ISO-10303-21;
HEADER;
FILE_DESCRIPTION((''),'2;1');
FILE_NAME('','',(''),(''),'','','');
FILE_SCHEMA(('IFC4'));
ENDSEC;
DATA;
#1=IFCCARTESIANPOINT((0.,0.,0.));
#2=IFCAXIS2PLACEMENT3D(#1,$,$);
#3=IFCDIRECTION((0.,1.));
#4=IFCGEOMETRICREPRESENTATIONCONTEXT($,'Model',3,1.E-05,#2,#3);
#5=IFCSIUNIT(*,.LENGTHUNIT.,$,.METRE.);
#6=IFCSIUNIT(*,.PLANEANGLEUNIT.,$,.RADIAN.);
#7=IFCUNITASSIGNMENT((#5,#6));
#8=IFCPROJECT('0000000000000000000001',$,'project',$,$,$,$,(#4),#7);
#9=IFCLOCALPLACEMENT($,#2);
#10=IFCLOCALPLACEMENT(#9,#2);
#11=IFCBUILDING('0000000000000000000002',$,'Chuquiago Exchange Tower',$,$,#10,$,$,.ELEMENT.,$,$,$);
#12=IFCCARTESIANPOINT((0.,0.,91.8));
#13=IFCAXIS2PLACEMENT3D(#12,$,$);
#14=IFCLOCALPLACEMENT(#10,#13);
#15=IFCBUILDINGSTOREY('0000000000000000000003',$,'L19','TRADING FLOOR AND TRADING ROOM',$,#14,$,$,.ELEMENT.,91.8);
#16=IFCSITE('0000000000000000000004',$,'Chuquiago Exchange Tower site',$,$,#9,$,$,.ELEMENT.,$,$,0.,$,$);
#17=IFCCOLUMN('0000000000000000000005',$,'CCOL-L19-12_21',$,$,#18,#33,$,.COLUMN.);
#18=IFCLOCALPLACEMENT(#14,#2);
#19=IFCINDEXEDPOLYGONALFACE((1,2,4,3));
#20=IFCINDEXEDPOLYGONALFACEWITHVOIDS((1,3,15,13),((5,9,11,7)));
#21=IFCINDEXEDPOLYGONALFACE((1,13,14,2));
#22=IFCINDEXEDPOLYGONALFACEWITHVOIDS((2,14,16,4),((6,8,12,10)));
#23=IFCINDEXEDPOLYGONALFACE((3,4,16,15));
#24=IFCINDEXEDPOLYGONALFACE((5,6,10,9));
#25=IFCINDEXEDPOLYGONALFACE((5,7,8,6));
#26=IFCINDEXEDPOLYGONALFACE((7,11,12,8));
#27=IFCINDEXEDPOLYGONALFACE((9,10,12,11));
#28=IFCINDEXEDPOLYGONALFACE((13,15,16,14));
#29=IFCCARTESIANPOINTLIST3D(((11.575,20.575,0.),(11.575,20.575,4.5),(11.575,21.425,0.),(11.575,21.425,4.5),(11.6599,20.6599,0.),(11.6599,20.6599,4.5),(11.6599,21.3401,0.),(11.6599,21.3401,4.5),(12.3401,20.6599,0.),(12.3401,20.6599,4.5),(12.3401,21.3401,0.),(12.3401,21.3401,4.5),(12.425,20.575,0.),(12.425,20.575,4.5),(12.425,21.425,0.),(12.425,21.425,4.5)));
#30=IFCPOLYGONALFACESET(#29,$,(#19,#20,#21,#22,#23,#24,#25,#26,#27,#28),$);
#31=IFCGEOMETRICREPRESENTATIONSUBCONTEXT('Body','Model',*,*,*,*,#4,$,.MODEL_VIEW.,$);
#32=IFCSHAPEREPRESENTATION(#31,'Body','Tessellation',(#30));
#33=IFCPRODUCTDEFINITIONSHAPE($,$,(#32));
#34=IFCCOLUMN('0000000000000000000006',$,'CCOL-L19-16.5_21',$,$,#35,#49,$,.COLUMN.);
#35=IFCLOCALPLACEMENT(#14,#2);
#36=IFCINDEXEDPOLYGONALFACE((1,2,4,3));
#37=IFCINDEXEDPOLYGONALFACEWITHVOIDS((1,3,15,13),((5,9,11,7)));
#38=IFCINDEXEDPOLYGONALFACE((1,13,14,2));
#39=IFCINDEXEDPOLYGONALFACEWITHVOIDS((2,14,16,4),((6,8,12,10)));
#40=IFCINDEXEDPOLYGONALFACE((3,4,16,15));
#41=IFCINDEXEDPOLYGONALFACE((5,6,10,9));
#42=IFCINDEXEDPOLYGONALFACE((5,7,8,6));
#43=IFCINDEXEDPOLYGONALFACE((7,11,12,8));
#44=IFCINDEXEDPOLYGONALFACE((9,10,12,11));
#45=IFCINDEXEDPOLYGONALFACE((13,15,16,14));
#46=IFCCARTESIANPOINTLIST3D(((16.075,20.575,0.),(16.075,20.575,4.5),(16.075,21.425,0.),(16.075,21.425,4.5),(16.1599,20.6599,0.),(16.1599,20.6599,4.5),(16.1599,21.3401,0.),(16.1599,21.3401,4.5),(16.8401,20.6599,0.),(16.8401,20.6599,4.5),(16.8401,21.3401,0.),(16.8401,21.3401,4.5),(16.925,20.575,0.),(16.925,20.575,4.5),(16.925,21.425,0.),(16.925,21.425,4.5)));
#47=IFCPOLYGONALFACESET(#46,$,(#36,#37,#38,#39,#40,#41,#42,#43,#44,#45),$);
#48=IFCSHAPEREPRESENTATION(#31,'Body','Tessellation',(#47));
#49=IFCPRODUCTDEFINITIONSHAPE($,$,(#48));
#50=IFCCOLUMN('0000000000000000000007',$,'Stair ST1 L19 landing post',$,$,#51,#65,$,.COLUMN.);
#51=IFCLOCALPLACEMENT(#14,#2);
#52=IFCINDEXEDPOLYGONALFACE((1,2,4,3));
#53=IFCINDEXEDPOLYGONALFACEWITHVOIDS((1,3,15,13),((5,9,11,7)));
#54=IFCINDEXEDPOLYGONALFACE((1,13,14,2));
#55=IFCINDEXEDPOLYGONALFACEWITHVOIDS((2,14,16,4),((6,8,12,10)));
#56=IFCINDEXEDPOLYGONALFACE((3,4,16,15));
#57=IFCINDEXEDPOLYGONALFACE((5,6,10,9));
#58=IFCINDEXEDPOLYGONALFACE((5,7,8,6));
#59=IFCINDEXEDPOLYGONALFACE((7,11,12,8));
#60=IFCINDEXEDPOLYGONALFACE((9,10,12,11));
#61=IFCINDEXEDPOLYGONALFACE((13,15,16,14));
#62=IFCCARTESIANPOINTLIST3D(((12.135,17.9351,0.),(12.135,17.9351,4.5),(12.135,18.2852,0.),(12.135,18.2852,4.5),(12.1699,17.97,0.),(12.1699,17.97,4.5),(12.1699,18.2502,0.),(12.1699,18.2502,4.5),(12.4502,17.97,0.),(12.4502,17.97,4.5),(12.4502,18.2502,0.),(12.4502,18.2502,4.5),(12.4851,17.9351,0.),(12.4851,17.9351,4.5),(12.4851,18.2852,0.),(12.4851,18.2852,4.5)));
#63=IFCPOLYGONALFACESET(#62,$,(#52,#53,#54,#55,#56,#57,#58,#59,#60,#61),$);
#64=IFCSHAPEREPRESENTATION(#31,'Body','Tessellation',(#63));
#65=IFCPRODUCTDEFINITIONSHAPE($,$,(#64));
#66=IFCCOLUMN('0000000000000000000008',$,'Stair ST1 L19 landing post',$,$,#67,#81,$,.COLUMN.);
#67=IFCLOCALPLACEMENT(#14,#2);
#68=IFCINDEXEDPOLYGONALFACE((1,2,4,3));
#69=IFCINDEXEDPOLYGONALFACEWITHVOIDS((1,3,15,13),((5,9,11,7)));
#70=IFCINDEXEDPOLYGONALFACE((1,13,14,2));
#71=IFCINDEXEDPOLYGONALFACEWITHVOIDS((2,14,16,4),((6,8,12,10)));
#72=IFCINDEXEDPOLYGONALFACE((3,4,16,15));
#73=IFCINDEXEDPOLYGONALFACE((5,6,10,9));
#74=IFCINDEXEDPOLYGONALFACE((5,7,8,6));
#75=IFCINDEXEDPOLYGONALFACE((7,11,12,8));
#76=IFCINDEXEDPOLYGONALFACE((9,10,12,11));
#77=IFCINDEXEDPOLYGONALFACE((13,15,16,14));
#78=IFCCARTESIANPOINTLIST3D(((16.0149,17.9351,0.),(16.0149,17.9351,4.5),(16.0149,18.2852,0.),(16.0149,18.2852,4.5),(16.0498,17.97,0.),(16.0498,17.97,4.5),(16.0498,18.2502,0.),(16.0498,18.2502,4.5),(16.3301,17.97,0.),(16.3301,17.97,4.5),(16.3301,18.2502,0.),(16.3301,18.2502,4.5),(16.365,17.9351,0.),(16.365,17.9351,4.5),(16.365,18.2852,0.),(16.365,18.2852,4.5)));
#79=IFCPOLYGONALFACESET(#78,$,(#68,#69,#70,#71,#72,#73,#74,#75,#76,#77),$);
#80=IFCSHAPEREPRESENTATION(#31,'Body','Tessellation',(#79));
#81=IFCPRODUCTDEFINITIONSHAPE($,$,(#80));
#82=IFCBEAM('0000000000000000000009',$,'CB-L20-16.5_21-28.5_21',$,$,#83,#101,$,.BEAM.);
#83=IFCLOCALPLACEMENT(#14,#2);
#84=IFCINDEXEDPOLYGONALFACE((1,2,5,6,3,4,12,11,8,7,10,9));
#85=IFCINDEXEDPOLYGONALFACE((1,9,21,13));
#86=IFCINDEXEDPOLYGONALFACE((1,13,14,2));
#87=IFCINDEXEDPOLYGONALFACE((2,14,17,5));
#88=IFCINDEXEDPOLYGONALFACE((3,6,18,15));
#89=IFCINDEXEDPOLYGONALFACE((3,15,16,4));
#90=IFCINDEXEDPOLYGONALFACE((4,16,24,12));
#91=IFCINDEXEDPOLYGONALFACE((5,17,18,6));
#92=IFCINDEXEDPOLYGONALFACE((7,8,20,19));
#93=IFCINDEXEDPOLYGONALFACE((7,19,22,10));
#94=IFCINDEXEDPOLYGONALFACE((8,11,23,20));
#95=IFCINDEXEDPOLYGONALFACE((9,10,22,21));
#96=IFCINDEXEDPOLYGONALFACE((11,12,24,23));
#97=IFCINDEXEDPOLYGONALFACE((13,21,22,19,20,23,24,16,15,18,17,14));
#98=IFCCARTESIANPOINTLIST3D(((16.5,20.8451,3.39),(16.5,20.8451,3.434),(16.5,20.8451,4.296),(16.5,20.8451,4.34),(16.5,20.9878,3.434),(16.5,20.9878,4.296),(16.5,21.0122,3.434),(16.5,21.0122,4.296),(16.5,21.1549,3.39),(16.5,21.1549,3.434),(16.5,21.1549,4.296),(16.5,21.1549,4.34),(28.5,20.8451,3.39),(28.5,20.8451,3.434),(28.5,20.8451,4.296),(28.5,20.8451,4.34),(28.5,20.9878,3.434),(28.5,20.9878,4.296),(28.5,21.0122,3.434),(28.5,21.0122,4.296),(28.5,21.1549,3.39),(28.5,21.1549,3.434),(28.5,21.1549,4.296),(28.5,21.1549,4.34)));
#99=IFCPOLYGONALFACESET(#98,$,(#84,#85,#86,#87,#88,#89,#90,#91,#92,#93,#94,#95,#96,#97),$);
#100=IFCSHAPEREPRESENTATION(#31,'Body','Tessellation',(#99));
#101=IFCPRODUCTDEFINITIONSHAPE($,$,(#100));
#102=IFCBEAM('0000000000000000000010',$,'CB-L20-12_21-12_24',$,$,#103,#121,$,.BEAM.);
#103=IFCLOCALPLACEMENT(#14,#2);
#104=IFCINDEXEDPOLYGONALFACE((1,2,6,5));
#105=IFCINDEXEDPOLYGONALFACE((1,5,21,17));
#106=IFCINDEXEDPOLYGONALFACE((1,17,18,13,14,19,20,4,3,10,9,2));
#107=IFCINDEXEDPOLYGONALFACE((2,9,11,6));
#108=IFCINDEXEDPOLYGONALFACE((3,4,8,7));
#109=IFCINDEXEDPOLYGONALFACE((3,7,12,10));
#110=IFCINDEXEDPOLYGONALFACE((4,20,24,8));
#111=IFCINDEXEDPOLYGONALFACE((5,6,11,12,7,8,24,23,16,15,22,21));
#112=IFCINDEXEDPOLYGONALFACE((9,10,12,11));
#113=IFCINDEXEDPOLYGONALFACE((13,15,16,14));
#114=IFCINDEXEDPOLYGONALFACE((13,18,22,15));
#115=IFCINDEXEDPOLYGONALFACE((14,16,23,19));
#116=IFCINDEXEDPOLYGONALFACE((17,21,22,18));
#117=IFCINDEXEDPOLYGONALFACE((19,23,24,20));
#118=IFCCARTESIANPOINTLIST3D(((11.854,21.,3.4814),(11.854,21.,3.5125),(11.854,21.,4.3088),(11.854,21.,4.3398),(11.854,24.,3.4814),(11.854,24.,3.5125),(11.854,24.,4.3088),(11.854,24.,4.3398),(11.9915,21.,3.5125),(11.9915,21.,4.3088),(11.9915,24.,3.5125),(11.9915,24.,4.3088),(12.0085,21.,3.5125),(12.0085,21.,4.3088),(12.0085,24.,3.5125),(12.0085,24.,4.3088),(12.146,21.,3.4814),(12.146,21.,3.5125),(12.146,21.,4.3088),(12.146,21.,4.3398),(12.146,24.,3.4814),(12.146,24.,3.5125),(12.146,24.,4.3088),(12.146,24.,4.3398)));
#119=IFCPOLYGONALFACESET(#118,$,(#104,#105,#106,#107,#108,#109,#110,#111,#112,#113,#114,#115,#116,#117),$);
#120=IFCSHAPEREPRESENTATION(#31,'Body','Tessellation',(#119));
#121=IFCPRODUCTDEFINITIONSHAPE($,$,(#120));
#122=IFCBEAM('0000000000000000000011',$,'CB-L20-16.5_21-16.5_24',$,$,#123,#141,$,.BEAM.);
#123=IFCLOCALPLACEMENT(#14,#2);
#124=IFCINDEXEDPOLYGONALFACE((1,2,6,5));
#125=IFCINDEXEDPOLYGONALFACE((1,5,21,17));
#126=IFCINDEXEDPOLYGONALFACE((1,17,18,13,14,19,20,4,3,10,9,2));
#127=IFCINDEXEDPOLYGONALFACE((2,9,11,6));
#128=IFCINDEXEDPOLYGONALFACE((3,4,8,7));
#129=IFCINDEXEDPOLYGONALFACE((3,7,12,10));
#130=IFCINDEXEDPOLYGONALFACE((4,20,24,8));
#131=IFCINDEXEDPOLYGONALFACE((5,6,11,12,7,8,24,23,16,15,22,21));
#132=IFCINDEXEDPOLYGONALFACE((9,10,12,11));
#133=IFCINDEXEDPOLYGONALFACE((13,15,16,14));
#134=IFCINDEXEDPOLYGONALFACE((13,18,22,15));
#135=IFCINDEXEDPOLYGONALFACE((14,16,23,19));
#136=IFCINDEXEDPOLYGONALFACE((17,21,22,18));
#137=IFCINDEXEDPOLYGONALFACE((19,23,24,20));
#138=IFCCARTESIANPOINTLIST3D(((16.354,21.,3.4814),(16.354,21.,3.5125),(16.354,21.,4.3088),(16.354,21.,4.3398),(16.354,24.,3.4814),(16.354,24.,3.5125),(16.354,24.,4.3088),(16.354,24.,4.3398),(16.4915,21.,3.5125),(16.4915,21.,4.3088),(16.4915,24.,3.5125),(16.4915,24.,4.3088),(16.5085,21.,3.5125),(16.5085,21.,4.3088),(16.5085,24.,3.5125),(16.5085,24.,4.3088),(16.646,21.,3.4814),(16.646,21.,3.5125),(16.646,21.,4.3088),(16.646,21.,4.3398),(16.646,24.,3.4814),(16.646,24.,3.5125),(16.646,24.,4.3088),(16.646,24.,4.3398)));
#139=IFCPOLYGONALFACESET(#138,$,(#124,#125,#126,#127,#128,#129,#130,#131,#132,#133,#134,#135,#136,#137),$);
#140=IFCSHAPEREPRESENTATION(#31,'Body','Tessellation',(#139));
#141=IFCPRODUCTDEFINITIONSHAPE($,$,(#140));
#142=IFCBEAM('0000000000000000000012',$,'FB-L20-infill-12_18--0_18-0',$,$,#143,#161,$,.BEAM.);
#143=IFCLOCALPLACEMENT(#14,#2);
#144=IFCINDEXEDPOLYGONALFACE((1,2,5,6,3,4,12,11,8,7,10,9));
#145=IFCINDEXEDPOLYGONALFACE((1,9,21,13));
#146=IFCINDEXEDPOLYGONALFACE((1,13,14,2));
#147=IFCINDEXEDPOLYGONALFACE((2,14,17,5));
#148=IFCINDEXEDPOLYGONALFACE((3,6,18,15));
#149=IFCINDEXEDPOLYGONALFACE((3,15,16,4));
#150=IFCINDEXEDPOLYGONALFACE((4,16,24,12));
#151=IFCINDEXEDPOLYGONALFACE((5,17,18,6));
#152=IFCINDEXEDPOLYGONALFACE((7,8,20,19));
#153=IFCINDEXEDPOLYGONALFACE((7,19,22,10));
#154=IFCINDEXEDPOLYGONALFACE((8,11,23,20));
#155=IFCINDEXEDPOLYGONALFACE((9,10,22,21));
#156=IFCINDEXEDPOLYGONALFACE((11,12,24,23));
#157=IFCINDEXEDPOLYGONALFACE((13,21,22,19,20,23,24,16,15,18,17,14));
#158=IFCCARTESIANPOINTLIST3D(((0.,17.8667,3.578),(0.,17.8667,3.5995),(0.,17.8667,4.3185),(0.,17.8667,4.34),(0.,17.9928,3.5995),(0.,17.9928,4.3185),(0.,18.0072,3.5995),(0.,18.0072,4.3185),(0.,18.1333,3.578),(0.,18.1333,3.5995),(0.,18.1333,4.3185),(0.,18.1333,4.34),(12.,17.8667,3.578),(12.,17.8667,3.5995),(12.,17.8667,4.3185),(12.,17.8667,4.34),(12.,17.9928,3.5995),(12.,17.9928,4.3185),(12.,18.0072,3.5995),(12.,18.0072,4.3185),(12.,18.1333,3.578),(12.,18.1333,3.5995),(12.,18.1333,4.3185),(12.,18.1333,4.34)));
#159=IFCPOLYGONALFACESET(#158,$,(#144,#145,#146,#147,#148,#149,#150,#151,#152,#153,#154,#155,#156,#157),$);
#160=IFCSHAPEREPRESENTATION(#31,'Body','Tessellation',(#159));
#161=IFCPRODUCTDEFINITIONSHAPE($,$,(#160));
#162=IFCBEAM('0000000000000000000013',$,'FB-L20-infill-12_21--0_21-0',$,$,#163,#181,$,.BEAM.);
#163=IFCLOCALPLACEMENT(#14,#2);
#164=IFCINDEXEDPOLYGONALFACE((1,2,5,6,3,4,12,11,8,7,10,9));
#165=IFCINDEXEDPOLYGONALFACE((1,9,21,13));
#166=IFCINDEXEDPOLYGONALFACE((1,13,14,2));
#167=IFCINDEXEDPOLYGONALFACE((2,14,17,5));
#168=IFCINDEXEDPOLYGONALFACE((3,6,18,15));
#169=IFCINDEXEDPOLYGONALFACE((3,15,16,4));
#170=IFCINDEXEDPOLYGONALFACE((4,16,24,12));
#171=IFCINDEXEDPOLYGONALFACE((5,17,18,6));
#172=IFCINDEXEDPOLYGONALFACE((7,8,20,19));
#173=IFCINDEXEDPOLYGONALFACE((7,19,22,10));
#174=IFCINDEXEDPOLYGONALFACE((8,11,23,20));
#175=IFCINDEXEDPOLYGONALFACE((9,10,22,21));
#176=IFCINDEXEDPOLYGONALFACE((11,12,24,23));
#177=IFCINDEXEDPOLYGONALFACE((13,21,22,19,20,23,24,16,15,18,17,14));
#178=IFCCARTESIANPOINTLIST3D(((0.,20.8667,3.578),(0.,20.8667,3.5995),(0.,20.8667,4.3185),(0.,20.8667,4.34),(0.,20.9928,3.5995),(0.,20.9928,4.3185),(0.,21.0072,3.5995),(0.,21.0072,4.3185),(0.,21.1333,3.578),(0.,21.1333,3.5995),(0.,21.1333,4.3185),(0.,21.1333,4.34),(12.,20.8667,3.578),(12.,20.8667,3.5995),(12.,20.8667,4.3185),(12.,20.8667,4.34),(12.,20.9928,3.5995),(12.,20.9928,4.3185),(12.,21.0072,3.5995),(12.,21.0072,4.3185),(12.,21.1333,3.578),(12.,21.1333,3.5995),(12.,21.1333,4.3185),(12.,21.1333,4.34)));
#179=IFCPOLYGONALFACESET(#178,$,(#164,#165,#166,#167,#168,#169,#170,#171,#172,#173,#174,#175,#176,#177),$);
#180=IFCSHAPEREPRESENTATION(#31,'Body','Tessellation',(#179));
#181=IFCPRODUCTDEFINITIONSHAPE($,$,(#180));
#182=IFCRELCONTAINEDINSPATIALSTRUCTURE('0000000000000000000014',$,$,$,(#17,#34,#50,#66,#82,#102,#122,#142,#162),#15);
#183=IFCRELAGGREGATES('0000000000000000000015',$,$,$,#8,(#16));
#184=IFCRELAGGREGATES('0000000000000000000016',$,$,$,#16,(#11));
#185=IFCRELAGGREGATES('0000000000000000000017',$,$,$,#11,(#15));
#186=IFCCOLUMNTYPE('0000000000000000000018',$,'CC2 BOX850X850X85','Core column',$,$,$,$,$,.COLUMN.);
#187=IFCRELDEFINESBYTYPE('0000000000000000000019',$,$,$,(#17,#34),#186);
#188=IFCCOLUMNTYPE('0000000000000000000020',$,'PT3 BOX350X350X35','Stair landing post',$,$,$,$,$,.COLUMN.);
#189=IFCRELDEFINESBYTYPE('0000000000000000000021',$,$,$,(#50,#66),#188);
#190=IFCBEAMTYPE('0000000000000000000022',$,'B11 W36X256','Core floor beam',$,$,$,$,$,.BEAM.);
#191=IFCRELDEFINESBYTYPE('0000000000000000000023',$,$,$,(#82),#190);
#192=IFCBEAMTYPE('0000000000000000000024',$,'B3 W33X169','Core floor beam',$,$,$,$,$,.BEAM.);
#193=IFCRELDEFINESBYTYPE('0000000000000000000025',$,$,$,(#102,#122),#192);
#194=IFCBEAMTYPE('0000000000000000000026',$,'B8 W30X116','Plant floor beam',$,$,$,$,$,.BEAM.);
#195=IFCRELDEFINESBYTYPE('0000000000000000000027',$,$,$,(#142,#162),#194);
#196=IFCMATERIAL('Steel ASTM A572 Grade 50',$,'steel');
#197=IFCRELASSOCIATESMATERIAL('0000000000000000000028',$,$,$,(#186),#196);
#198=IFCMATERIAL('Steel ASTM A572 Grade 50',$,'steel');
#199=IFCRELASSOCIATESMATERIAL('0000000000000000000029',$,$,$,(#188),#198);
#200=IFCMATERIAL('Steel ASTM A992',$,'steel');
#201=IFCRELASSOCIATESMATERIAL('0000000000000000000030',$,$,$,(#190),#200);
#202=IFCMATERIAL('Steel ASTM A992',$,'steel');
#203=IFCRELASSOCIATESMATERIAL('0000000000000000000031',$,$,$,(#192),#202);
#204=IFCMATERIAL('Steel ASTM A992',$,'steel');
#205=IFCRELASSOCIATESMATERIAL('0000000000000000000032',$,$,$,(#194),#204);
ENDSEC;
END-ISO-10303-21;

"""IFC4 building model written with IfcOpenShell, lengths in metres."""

from ifc_helpers import new_model, si_unit, direction, frame, origin, origin_2d, place, context, subcontext, project, spatial, hollow_rectangle, i_section, extrude, material, material_profile, profile_set, type_object, element, save


model = new_model("IFC4")

# Units and contexts
model_context = context("Model", 3, precision=1e-05, world=origin(), true_north=direction((0.0, 1.0)))
body_context = subcontext(model_context, "Body", "Model", "MODEL_VIEW")
ifc_project = project(units=[si_unit("LENGTHUNIT", "METRE"), si_unit("PLANEANGLEUNIT", "RADIAN")], contexts=[model_context])

# Site, building, storey
site_placement = place(None, origin())
site = spatial("IfcSite", under=ifc_project, at=site_placement, Name="Chuquiago Exchange Tower site", CompositionType="ELEMENT", RefElevation=0.0)
building_placement = place(site_placement, origin())
building = spatial("IfcBuilding", under=site, at=building_placement, Name="Chuquiago Exchange Tower", CompositionType="ELEMENT")
storey_placement = place(building_placement, frame((0.0, 0.0, 91.8)))
storey = spatial("IfcBuildingStorey", under=building, at=storey_placement, Name="L19", Description="TRADING FLOOR AND TRADING ROOM", CompositionType="ELEMENT", Elevation=91.8)

# Columns
ifc_material_1 = material(Name="Steel ASTM A572 Grade 50", Category="steel")
ifc_material_profile_1 = material_profile(ifc_material_1, hollow_rectangle(XDim=0.8501, YDim=0.8501, WallThickness=0.085, at=origin_2d()), Name="BOX850X850X85")
ifc_profile_set_1 = profile_set([ifc_material_profile_1], Name="Steel ASTM A572 Grade 50")
column_type_1 = type_object("IfcColumnType", Name="CC2 BOX850X850X85", Description="Core column", PredefinedType="COLUMN", material=ifc_profile_set_1)
for number, where, z_axis, x_axis, name in (
    (1, (12.0, 21.0, 0.0), (0.0, 0.0, 1.0), (1.0, 0.0, 0.0), "CCOL-L19-12_21"),
    (2, (16.5, 21.0, 0.0), (0.0, 0.0, 1.0), (1.0, 0.0, 0.0), "CCOL-L19-16.5_21"),
):
    element("IfcColumn", number, at=place(storey_placement, frame(where, z_axis=z_axis, x_axis=x_axis)), inside=storey, type_object=column_type_1, Name=name, PredefinedType="COLUMN", context=body_context, shape_type="SweptSolid", body=[
        extrude(hollow_rectangle(XDim=0.8501, YDim=0.8501, WallThickness=0.085, at=origin_2d()), origin(), (0.0, 0.0, 1.0), 4.5),
    ])
ifc_material_2 = material(Name="Steel ASTM A572 Grade 50", Category="steel")
ifc_material_profile_2 = material_profile(ifc_material_2, hollow_rectangle(XDim=0.3501, YDim=0.3501, WallThickness=0.0349, at=origin_2d()), Name="BOX350X350X35")
ifc_profile_set_2 = profile_set([ifc_material_profile_2], Name="Steel ASTM A572 Grade 50")
column_type_2 = type_object("IfcColumnType", Name="PT3 BOX350X350X35", Description="Stair landing post", PredefinedType="COLUMN", material=ifc_profile_set_2)
for number, where, z_axis, x_axis, name in (
    (3, (12.3101, 18.1101, 0.0), (0.0, 0.0, 1.0), (1.0, 0.0, 0.0), "Stair ST1 L19 landing post"),
    (4, (16.1899, 18.1101, 0.0), (0.0, 0.0, 1.0), (1.0, 0.0, 0.0), "Stair ST1 L19 landing post"),
):
    element("IfcColumn", number, at=place(storey_placement, frame(where, z_axis=z_axis, x_axis=x_axis)), inside=storey, type_object=column_type_2, Name=name, PredefinedType="COLUMN", context=body_context, shape_type="SweptSolid", body=[
        extrude(hollow_rectangle(XDim=0.3501, YDim=0.3501, WallThickness=0.0349, at=origin_2d()), origin(), (0.0, 0.0, 1.0), 4.5),
    ])

# Beams
ifc_material_3 = material(Name="Steel ASTM A992", Category="steel")
ifc_material_profile_3 = material_profile(ifc_material_3, i_section(OverallWidth=0.3098, OverallDepth=0.95, WebThickness=0.0244, FlangeThickness=0.0439, at=origin_2d()), Name="W36X256")
ifc_profile_set_3 = profile_set([ifc_material_profile_3], Name="Steel ASTM A992")
beam_type_1 = type_object("IfcBeamType", Name="B11 W36X256", Description="Core floor beam", PredefinedType="BEAM", material=ifc_profile_set_3)
beam_1_placement = place(storey_placement, frame((16.5, 21.0, 3.865), z_axis=(1.0, 0.0, 0.0), x_axis=(0.0, 1.0, 0.0)))
element("IfcBeam", 5, at=beam_1_placement, inside=storey, type_object=beam_type_1, Name="CB-L20-16.5_21-28.5_21", PredefinedType="BEAM", context=body_context, shape_type="SweptSolid", body=[
    extrude(i_section(OverallWidth=0.3098, OverallDepth=0.95, WebThickness=0.0244, FlangeThickness=0.0439, at=origin_2d()), origin(), (0.0, 0.0, 1.0), 12.0),
])
ifc_material_4 = material(Name="Steel ASTM A992", Category="steel")
ifc_material_profile_4 = material_profile(ifc_material_4, i_section(OverallWidth=0.292, OverallDepth=0.8584, WebThickness=0.0171, FlangeThickness=0.031, at=origin_2d()), Name="W33X169")
ifc_profile_set_4 = profile_set([ifc_material_profile_4], Name="Steel ASTM A992")
beam_type_2 = type_object("IfcBeamType", Name="B3 W33X169", Description="Core floor beam", PredefinedType="BEAM", material=ifc_profile_set_4)
for number, where, z_axis, x_axis, name in (
    (6, (12.0, 21.0, 3.9106), (0.0, 1.0, 0.0), (-1.0, 0.0, 0.0), "CB-L20-12_21-12_24"),
    (7, (16.5, 21.0, 3.9106), (0.0, 1.0, 0.0), (-1.0, 0.0, 0.0), "CB-L20-16.5_21-16.5_24"),
):
    element("IfcBeam", number, at=place(storey_placement, frame(where, z_axis=z_axis, x_axis=x_axis)), inside=storey, type_object=beam_type_2, Name=name, PredefinedType="BEAM", context=body_context, shape_type="SweptSolid", body=[
        extrude(i_section(OverallWidth=0.292, OverallDepth=0.8584, WebThickness=0.0171, FlangeThickness=0.031, at=origin_2d()), origin(), (0.0, 0.0, 1.0), 3.0),
    ])
ifc_material_5 = material(Name="Steel ASTM A992", Category="steel")
ifc_material_profile_5 = material_profile(ifc_material_5, i_section(OverallWidth=0.2666, OverallDepth=0.762, WebThickness=0.0144, FlangeThickness=0.0215, at=origin_2d()), Name="W30X116")
ifc_profile_set_5 = profile_set([ifc_material_profile_5], Name="Steel ASTM A992")
beam_type_3 = type_object("IfcBeamType", Name="B8 W30X116", Description="Plant floor beam", PredefinedType="BEAM", material=ifc_profile_set_5)
for number, where, z_axis, x_axis, name in (
    (8, (12.0, 18.0, 3.959), (-1.0, 0.0, 0.0), (0.0, -1.0, 0.0), "FB-L20-infill-12_18--0_18-0"),
    (9, (12.0, 21.0, 3.959), (-1.0, 0.0, 0.0), (0.0, -1.0, 0.0), "FB-L20-infill-12_21--0_21-0"),
):
    element("IfcBeam", number, at=place(storey_placement, frame(where, z_axis=z_axis, x_axis=x_axis)), inside=storey, type_object=beam_type_3, Name=name, PredefinedType="BEAM", context=body_context, shape_type="SweptSolid", body=[
        extrude(i_section(OverallWidth=0.2666, OverallDepth=0.762, WebThickness=0.0144, FlangeThickness=0.0215, at=origin_2d()), origin(), (0.0, 0.0, 1.0), 12.0),
    ])

save(model, "model.ifc")
